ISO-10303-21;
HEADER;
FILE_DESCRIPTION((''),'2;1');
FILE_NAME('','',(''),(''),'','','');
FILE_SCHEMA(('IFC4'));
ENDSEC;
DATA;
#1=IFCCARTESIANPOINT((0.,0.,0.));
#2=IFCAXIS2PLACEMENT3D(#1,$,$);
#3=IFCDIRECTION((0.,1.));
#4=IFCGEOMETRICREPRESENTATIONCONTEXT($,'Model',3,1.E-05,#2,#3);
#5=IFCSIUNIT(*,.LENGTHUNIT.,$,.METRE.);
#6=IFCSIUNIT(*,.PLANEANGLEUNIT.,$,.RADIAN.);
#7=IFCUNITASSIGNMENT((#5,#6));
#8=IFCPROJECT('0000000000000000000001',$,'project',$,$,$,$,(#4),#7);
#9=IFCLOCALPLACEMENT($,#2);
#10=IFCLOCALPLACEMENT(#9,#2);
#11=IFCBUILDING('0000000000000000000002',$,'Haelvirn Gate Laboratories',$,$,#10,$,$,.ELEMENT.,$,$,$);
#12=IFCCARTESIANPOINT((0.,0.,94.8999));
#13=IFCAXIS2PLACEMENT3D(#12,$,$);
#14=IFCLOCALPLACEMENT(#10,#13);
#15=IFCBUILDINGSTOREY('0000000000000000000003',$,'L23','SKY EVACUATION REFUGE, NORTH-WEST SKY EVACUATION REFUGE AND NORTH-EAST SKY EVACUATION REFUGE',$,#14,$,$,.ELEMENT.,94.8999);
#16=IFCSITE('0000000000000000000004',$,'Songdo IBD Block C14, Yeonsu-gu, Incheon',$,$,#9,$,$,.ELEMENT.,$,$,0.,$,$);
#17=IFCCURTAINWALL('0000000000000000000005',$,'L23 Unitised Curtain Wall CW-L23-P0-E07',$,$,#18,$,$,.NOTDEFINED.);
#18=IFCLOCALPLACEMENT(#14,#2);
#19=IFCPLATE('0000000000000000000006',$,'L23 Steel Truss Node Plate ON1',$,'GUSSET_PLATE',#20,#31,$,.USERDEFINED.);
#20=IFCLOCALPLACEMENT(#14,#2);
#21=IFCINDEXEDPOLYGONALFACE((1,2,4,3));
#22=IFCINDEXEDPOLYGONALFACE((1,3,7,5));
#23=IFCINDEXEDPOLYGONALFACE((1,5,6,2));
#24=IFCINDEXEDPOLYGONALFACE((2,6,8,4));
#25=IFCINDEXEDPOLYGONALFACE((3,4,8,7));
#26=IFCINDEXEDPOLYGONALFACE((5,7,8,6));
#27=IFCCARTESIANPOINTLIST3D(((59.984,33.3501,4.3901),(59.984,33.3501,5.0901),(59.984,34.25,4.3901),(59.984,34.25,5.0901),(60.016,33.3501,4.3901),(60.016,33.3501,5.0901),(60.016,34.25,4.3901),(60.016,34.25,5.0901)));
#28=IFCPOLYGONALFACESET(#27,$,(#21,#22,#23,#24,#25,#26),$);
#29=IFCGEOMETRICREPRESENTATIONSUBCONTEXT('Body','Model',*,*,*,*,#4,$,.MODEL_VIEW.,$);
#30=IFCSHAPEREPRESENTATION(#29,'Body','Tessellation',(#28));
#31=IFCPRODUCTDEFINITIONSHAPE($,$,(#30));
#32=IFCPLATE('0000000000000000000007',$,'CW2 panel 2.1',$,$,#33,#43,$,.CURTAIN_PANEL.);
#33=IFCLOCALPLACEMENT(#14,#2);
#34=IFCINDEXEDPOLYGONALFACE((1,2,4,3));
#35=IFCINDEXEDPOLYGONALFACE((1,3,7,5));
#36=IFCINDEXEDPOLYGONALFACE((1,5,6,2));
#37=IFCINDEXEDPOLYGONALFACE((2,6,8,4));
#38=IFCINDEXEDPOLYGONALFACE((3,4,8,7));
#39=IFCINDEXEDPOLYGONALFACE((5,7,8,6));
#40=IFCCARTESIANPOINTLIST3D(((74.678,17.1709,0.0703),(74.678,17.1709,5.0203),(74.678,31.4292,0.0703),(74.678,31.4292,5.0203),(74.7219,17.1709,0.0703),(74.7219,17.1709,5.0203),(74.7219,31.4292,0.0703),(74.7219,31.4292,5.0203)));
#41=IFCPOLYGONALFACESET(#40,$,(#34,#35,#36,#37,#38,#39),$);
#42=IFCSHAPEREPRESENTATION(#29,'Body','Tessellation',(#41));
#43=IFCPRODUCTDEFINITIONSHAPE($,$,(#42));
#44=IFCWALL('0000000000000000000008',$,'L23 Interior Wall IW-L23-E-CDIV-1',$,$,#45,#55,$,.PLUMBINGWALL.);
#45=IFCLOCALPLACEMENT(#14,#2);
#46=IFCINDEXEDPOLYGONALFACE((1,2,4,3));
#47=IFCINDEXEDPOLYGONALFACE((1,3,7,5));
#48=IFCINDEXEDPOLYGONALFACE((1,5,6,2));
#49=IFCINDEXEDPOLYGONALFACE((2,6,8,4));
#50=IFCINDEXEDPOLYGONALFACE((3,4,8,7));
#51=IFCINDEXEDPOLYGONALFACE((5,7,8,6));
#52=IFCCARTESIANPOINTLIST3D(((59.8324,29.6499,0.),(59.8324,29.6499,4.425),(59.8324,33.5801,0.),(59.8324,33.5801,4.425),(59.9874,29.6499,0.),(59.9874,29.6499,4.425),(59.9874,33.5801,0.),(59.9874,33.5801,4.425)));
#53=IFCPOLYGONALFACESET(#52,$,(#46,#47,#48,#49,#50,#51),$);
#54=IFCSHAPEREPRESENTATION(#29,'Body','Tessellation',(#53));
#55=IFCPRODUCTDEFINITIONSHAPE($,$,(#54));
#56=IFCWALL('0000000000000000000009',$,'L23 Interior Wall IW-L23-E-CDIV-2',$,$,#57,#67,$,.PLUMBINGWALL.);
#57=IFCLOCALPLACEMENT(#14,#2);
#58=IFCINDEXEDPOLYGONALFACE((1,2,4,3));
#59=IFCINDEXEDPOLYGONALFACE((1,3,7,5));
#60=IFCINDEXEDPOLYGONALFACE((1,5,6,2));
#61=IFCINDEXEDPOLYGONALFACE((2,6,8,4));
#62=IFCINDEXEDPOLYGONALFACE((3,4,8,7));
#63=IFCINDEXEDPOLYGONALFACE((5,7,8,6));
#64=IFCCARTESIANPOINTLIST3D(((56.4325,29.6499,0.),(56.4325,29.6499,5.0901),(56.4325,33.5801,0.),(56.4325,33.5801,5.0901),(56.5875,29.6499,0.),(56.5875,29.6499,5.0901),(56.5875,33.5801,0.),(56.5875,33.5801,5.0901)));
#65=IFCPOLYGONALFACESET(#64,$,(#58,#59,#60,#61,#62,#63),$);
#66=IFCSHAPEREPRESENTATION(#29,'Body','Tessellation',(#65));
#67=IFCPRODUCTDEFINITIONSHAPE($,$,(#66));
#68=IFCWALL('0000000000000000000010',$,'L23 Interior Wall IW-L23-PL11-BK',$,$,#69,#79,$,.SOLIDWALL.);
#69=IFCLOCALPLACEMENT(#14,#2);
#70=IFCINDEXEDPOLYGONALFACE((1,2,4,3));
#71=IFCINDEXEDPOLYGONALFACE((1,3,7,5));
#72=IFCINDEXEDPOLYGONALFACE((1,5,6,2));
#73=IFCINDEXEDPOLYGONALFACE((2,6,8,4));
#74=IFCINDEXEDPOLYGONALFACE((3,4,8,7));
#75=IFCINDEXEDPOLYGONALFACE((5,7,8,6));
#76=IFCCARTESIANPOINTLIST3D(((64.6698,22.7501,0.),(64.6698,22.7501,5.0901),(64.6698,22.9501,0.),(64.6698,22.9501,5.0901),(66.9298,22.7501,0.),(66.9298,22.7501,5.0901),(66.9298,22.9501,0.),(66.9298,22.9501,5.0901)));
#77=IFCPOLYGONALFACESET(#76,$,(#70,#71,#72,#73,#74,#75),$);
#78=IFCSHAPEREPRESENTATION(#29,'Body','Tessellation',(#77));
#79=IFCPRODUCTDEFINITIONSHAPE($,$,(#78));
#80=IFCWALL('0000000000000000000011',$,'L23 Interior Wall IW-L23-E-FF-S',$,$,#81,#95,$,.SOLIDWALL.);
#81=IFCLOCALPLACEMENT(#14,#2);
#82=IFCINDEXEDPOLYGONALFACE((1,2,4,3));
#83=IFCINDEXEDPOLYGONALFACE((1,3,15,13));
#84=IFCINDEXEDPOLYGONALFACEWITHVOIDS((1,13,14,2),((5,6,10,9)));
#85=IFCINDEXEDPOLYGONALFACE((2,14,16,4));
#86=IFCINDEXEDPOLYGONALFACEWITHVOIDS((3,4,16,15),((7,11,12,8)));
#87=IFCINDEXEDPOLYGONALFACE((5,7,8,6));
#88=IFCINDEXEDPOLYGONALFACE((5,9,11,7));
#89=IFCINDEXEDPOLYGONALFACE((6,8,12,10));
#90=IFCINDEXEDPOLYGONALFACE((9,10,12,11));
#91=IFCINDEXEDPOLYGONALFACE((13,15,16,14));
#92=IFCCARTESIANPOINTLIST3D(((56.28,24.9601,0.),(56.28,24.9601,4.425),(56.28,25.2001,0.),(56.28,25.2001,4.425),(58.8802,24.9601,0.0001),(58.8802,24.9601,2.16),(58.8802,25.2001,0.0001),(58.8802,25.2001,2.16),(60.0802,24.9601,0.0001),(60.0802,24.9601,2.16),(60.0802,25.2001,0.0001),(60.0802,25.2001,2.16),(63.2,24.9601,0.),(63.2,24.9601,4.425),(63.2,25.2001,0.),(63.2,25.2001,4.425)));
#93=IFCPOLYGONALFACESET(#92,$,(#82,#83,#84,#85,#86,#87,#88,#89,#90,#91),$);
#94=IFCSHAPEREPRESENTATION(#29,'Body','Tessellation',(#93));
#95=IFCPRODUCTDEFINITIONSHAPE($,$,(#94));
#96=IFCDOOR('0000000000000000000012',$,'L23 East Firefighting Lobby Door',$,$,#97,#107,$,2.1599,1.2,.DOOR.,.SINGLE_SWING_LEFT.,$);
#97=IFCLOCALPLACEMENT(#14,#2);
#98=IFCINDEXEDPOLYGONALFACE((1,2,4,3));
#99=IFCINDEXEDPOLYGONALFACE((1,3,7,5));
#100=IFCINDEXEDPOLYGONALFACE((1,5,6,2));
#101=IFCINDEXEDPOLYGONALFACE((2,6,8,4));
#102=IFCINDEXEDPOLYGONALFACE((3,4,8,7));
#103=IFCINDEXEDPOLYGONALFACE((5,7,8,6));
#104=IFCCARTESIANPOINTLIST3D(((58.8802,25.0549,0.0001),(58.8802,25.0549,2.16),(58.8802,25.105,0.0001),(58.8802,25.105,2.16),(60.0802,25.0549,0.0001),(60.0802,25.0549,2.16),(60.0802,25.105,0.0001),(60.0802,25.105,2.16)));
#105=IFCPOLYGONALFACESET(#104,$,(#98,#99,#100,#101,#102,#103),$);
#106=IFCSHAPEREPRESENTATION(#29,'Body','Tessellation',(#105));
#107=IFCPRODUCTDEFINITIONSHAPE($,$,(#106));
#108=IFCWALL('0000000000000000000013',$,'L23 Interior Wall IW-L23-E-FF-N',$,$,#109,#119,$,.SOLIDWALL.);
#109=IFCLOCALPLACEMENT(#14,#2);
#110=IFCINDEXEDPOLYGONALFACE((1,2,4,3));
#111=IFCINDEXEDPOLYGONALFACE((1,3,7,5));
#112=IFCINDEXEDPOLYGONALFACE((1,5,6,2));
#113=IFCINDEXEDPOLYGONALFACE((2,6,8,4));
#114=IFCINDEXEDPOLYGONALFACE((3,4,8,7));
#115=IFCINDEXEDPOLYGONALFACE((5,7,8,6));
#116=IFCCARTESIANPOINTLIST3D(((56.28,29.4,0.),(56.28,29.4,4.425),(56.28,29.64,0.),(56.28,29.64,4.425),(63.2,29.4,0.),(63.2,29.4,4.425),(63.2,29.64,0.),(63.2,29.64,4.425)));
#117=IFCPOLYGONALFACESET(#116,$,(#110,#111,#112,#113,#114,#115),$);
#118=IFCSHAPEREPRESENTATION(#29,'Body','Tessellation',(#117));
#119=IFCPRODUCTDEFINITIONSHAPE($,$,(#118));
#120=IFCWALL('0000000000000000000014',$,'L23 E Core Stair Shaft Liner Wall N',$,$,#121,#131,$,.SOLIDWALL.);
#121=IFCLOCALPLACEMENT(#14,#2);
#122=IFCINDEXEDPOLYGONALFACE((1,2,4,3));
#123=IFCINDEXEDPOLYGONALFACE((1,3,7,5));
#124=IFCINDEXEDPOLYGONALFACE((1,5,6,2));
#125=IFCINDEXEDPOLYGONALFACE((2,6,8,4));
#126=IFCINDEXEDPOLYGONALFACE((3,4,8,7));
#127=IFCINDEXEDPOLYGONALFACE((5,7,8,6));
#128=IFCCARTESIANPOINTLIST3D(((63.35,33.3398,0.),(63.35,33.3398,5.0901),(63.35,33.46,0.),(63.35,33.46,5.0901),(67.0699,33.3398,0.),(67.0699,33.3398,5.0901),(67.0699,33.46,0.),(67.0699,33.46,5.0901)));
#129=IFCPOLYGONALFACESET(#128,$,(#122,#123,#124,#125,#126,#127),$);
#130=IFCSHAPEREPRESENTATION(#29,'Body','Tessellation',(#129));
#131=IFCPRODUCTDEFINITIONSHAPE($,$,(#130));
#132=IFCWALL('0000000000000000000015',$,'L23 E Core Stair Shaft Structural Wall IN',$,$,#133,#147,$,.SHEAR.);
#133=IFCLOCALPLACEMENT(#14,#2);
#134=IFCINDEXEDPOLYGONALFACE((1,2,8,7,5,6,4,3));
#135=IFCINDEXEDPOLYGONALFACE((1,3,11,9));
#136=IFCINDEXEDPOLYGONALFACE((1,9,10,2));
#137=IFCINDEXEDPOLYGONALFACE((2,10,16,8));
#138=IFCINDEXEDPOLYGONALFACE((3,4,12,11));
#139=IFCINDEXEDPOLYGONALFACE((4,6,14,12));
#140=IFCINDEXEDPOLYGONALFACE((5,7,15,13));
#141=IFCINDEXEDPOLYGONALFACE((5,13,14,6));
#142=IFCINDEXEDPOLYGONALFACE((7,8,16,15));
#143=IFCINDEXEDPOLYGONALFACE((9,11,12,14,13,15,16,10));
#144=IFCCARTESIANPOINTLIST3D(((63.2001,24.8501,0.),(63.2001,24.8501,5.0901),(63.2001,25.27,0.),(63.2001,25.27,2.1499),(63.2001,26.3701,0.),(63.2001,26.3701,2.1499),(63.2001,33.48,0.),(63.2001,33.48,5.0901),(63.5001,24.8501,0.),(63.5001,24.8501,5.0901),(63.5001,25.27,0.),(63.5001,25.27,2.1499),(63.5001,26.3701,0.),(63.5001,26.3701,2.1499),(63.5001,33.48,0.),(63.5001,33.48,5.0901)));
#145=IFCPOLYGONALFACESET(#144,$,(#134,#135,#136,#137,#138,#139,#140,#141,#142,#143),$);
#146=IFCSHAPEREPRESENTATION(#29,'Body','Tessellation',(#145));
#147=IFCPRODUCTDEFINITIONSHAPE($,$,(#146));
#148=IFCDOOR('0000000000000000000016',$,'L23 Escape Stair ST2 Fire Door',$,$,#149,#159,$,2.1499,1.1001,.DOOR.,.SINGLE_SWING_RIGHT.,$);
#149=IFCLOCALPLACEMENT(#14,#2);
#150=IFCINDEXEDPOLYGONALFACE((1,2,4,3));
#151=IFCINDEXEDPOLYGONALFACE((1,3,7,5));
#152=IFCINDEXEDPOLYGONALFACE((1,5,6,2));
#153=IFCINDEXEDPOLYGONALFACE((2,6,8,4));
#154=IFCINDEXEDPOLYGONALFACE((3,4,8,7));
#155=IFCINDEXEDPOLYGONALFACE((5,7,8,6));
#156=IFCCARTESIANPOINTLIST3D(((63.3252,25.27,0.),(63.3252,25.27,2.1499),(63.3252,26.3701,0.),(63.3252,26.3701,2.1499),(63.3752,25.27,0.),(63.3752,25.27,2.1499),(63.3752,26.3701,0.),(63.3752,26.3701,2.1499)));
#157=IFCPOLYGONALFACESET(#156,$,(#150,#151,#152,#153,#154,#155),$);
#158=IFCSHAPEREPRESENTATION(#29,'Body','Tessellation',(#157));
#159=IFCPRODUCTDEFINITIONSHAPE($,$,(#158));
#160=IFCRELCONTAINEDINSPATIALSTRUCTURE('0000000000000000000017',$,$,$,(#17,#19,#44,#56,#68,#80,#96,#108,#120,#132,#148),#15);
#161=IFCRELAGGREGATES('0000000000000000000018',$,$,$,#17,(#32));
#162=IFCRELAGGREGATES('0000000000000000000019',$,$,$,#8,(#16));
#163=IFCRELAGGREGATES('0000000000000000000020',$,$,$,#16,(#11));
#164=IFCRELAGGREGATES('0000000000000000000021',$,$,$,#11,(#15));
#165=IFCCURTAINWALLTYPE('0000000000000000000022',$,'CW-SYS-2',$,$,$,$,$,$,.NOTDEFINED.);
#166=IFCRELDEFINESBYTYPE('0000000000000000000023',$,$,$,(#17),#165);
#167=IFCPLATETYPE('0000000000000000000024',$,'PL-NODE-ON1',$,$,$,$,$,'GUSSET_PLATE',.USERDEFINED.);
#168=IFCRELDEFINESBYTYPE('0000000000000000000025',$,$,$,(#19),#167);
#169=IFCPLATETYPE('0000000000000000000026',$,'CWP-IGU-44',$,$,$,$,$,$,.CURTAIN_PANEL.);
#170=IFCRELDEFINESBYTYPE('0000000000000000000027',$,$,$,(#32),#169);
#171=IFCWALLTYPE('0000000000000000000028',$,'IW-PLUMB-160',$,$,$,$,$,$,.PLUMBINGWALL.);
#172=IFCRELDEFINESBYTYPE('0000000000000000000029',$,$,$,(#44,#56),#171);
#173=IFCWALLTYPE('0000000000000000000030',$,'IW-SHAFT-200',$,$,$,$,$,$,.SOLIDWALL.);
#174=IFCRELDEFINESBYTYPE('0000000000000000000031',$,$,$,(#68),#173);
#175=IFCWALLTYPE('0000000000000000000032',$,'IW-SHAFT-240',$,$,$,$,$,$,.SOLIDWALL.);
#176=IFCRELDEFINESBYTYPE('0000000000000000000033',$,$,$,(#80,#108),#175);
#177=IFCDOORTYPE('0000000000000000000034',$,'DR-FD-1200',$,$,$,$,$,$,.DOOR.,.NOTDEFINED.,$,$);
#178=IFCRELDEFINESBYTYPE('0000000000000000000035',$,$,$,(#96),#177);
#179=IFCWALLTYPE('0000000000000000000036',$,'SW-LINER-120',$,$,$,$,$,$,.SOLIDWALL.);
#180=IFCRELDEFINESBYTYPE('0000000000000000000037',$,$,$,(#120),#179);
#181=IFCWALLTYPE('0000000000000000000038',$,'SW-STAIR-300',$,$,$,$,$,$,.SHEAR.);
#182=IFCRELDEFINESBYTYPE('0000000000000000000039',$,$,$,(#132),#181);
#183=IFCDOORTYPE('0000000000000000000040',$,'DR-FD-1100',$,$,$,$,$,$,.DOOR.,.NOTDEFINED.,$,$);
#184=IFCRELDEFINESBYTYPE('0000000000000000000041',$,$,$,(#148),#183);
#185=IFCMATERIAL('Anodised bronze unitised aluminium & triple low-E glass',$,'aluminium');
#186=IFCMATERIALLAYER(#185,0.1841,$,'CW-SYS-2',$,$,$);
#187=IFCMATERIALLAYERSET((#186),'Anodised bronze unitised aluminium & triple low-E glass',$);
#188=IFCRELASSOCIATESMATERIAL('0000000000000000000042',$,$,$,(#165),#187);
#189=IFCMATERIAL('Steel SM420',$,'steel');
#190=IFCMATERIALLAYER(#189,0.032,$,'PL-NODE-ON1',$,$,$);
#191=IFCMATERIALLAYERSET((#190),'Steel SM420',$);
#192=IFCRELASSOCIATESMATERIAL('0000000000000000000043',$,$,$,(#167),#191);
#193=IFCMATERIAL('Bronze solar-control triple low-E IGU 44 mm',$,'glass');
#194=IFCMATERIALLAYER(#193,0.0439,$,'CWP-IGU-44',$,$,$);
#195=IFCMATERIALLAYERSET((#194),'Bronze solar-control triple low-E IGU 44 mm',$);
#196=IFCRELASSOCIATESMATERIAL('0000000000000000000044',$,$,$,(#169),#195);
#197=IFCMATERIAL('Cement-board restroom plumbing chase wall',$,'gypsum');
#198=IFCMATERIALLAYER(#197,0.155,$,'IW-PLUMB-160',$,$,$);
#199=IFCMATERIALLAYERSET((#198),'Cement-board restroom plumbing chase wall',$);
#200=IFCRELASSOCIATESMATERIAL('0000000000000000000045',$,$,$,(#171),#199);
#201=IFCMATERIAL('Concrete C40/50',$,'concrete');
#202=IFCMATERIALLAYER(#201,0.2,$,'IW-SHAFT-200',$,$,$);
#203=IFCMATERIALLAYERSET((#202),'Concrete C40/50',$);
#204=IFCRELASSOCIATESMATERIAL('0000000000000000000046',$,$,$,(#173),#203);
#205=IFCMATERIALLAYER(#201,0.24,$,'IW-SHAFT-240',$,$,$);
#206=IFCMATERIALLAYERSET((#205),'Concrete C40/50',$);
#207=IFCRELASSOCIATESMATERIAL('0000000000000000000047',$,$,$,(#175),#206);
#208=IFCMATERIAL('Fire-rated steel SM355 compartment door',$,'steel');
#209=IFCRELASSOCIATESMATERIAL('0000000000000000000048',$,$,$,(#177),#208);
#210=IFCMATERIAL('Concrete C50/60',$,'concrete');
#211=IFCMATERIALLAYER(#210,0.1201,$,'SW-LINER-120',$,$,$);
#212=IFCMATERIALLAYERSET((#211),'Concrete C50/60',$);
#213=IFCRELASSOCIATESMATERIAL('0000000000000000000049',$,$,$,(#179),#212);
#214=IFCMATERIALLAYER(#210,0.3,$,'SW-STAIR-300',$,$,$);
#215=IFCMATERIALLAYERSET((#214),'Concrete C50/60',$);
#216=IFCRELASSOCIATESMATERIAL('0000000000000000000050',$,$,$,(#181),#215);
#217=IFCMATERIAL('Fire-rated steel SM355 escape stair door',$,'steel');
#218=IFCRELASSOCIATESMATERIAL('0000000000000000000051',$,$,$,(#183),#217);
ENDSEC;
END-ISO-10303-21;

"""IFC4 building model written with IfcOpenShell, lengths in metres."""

from ifc_helpers import new_model, si_unit, direction, frame, frame_2d, origin, origin_2d, place, context, subcontext, project, spatial, rectangle, extrude, source, transform, mapped, material, layer, layer_set, type_object, type_shapes, element, fill, aggregate, save


model = new_model("IFC4")

# Units and contexts
model_context = context("Model", 3, precision=1e-05, world=origin(), true_north=direction((0.0, 1.0)))
body_context = subcontext(model_context, "Body", "Model", "MODEL_VIEW")
ifc_project = project(units=[si_unit("LENGTHUNIT", "METRE"), si_unit("PLANEANGLEUNIT", "RADIAN")], contexts=[model_context])

# Site, building, storey
site_placement = place(None, origin())
site = spatial("IfcSite", under=ifc_project, at=site_placement, Name="Songdo IBD Block C14, Yeonsu-gu, Incheon", CompositionType="ELEMENT", RefElevation=0.0)
building_placement = place(site_placement, origin())
building = spatial("IfcBuilding", under=site, at=building_placement, Name="Haelvirn Gate Laboratories", CompositionType="ELEMENT")
storey_placement = place(building_placement, frame((0.0, 0.0, 94.8999)))
storey = spatial("IfcBuildingStorey", under=building, at=storey_placement, Name="L23", Description="SKY EVACUATION REFUGE, NORTH-WEST SKY EVACUATION REFUGE AND NORTH-EAST SKY EVACUATION REFUGE", CompositionType="ELEMENT", Elevation=94.8999)

# Shared definitions
ifc_material_1 = material(Name="Steel SM420", Category="steel")

# Curtain wall
ifc_material_2 = material(Name="Anodised bronze unitised aluminium & triple low-E glass", Category="aluminium")
ifc_layer_1 = layer(ifc_material_2, 0.1841, Name="CW-SYS-2")
ifc_layer_set_1 = layer_set([ifc_layer_1], Name="Anodised bronze unitised aluminium & triple low-E glass")
curtain_wall_type = type_object("IfcCurtainWallType", Name="CW-SYS-2", PredefinedType="NOTDEFINED", material=ifc_layer_set_1)
curtain_wall_placement = place(storey_placement, origin())
curtain_wall = element("IfcCurtainWall", 1, at=curtain_wall_placement, inside=storey, type_object=curtain_wall_type, Name="L23 Unitised Curtain Wall CW-L23-P0-E07", PredefinedType="NOTDEFINED")

# Plates
ifc_layer_2 = layer(ifc_material_1, 0.032, Name="PL-NODE-ON1")
ifc_layer_set_2 = layer_set([ifc_layer_2], Name="Steel SM420")
plate_type_1 = type_object("IfcPlateType", Name="PL-NODE-ON1", ElementType="GUSSET_PLATE", PredefinedType="USERDEFINED", material=ifc_layer_set_2)
shared_shape_1 = source(origin(), body_context, "Body", "SweptSolid", [
    extrude(rectangle(XDim=0.8999, YDim=0.032, at=origin_2d()), origin(), (0.0, 0.0, 1.0), 0.7),
])
type_shapes(plate_type_1, [shared_shape_1])
plate_1_placement = place(storey_placement, frame((60.0, 33.8, 4.3901), z_axis=(0.0, 0.0, 1.0), x_axis=(0.0, 1.0, 0.0)))
element("IfcPlate", 2, at=plate_1_placement, inside=storey, type_object=plate_type_1, Name="L23 Steel Truss Node Plate ON1", ObjectType="GUSSET_PLATE", PredefinedType="USERDEFINED", context=body_context, shape_type="MappedRepresentation", body=[
    mapped(shared_shape_1, transform((0.0, 0.0, 0.0), scale=1.0)),
])
ifc_material_3 = material(Name="Bronze solar-control triple low-E IGU 44 mm", Category="glass")
ifc_layer_3 = layer(ifc_material_3, 0.0439, Name="CWP-IGU-44")
ifc_layer_set_3 = layer_set([ifc_layer_3], Name="Bronze solar-control triple low-E IGU 44 mm")
plate_type_2 = type_object("IfcPlateType", Name="CWP-IGU-44", PredefinedType="CURTAIN_PANEL", material=ifc_layer_set_3)
shared_shape_2 = source(origin(), body_context, "Body", "SweptSolid", [
    extrude(rectangle(XDim=14.2583, YDim=0.0439, at=origin_2d()), origin(), (0.0, 0.0, 1.0), 4.95),
])
type_shapes(plate_type_2, [shared_shape_2])
plate_2_placement = place(storey_placement, frame((74.7, 24.3, 0.0703), z_axis=(0.0, 0.0, 1.0), x_axis=(0.0, 1.0, 0.0)))
plate_2 = element("IfcPlate", 3, at=plate_2_placement, type_object=plate_type_2, Name="CW2 panel 2.1", PredefinedType="CURTAIN_PANEL", context=body_context, shape_type="MappedRepresentation", body=[
    mapped(shared_shape_2, transform((0.0, 0.0, 0.0), scale=1.0)),
])
aggregate(curtain_wall, [plate_2])

# Walls
ifc_material_4 = material(Name="Cement-board restroom plumbing chase wall", Category="gypsum")
ifc_layer_4 = layer(ifc_material_4, 0.155, Name="IW-PLUMB-160")
ifc_layer_set_4 = layer_set([ifc_layer_4], Name="Cement-board restroom plumbing chase wall")
wall_type_1 = type_object("IfcWallType", Name="IW-PLUMB-160", PredefinedType="PLUMBINGWALL", material=ifc_layer_set_4)
wall_1_placement = place(storey_placement, frame((59.9099, 29.6499, 0.0), z_axis=(0.0, 0.0, 1.0), x_axis=(0.0, 1.0, 0.0)))
element("IfcWall", 4, at=wall_1_placement, inside=storey, type_object=wall_type_1, Name="L23 Interior Wall IW-L23-E-CDIV-1", PredefinedType="PLUMBINGWALL", context=body_context, shape_type="SweptSolid", body=[
    extrude(rectangle(XDim=3.9302, YDim=0.155, at=frame_2d((1.9651, 0.0))), origin(), (0.0, 0.0, 1.0), 4.425),
])
wall_2_placement = place(storey_placement, frame((56.51, 29.6499, 0.0), z_axis=(0.0, 0.0, 1.0), x_axis=(0.0, 1.0, 0.0)))
element("IfcWall", 5, at=wall_2_placement, inside=storey, type_object=wall_type_1, Name="L23 Interior Wall IW-L23-E-CDIV-2", PredefinedType="PLUMBINGWALL", context=body_context, shape_type="SweptSolid", body=[
    extrude(rectangle(XDim=3.9302, YDim=0.155, at=frame_2d((1.9651, 0.0))), origin(), (0.0, 0.0, 1.0), 5.0901),
])
ifc_material_5 = material(Name="Concrete C40/50", Category="concrete")
ifc_layer_5 = layer(ifc_material_5, 0.2, Name="IW-SHAFT-200")
ifc_layer_set_5 = layer_set([ifc_layer_5], Name="Concrete C40/50")
wall_type_2 = type_object("IfcWallType", Name="IW-SHAFT-200", PredefinedType="SOLIDWALL", material=ifc_layer_set_5)
wall_3_placement = place(storey_placement, frame((64.6699, 22.8501, 0.0), z_axis=(0.0, 0.0, 1.0), x_axis=(1.0, 0.0, 0.0)))
element("IfcWall", 6, at=wall_3_placement, inside=storey, type_object=wall_type_2, Name="L23 Interior Wall IW-L23-PL11-BK", PredefinedType="SOLIDWALL", context=body_context, shape_type="SweptSolid", body=[
    extrude(rectangle(XDim=2.26, YDim=0.2, at=frame_2d((1.1299, 0.0))), origin(), (0.0, 0.0, 1.0), 5.0901),
])

# Wall, opening, door
ifc_layer_6 = layer(ifc_material_5, 0.24, Name="IW-SHAFT-240")
ifc_layer_set_6 = layer_set([ifc_layer_6], Name="Concrete C40/50")
wall_type_3 = type_object("IfcWallType", Name="IW-SHAFT-240", PredefinedType="SOLIDWALL", material=ifc_layer_set_6)
wall_4_placement = place(storey_placement, frame((56.28, 25.0801, 0.0), z_axis=(0.0, 0.0, 1.0), x_axis=(1.0, 0.0, 0.0)))
wall_4 = element("IfcWall", 7, at=wall_4_placement, inside=storey, type_object=wall_type_3, Name="L23 Interior Wall IW-L23-E-FF-S", PredefinedType="SOLIDWALL", context=body_context, shape_type="SweptSolid", body=[
    extrude(rectangle(XDim=6.9199, YDim=0.24, at=frame_2d((3.46, 0.0))), origin(), (0.0, 0.0, 1.0), 4.425),
])
opening_1_placement = place(wall_4_placement, frame((2.6001, 0.0, 0.0)))
opening_1 = element("IfcOpeningElement", 8, at=opening_1_placement, cuts=wall_4, PredefinedType="OPENING", context=body_context, shape_type="SweptSolid", body=[
    extrude(rectangle(XDim=1.2, YDim=2.1599, at=frame_2d((0.6001, 1.0801))), frame((0.0, 0.1299, 0.0), z_axis=(0.0, -1.0, 0.0), x_axis=(1.0, 0.0, 0.0)), (0.0, 0.0, 1.0), 0.26),
])
ifc_material_6 = material(Name="Fire-rated steel SM355 compartment door", Category="steel")
door_type_1 = type_object("IfcDoorType", Name="DR-FD-1200", OperationType="NOTDEFINED", PredefinedType="DOOR", material=ifc_material_6)
shared_shape_3 = source(origin(), body_context, "Body", "SweptSolid", [
    extrude(rectangle(XDim=1.2, YDim=2.1599, at=frame_2d((0.6001, 1.0801))), frame((0.0, 0.0249, 0.0), z_axis=(0.0, -1.0, 0.0), x_axis=(1.0, 0.0, 0.0)), (0.0, 0.0, 1.0), 0.05),
])
type_shapes(door_type_1, [shared_shape_3])
door_1_placement = place(opening_1_placement, origin())
door_1 = element("IfcDoor", 9, at=door_1_placement, inside=storey, type_object=door_type_1, Name="L23 East Firefighting Lobby Door", OperationType="SINGLE_SWING_LEFT", OverallHeight=2.1599, OverallWidth=1.2, PredefinedType="DOOR", context=body_context, shape_type="MappedRepresentation", body=[
    mapped(shared_shape_3, transform((0.0, 0.0, 0.0), scale=1.0)),
])
fill(opening_1, door_1)

# Walls
wall_5_placement = place(storey_placement, frame((56.28, 29.52, 0.0), z_axis=(0.0, 0.0, 1.0), x_axis=(1.0, 0.0, 0.0)))
element("IfcWall", 10, at=wall_5_placement, inside=storey, type_object=wall_type_3, Name="L23 Interior Wall IW-L23-E-FF-N", PredefinedType="SOLIDWALL", context=body_context, shape_type="SweptSolid", body=[
    extrude(rectangle(XDim=6.9199, YDim=0.24, at=frame_2d((3.46, 0.0))), origin(), (0.0, 0.0, 1.0), 4.425),
])
ifc_material_7 = material(Name="Concrete C50/60", Category="concrete")
ifc_layer_7 = layer(ifc_material_7, 0.1201, Name="SW-LINER-120")
ifc_layer_set_7 = layer_set([ifc_layer_7], Name="Concrete C50/60")
wall_type_4 = type_object("IfcWallType", Name="SW-LINER-120", PredefinedType="SOLIDWALL", material=ifc_layer_set_7)
wall_6_placement = place(storey_placement, frame((63.3501, 33.3999, 0.0), z_axis=(0.0, 0.0, 1.0), x_axis=(1.0, 0.0, 0.0)))
element("IfcWall", 11, at=wall_6_placement, inside=storey, type_object=wall_type_4, Name="L23 E Core Stair Shaft Liner Wall N", PredefinedType="SOLIDWALL", context=body_context, shape_type="SweptSolid", body=[
    extrude(rectangle(XDim=3.72, YDim=0.1201, at=frame_2d((1.8599, 0.0))), origin(), (0.0, 0.0, 1.0), 5.0901),
])

# Wall, opening, door
ifc_layer_8 = layer(ifc_material_7, 0.3, Name="SW-STAIR-300")
ifc_layer_set_8 = layer_set([ifc_layer_8], Name="Concrete C50/60")
wall_type_5 = type_object("IfcWallType", Name="SW-STAIR-300", PredefinedType="SHEAR", material=ifc_layer_set_8)
wall_7_placement = place(storey_placement, frame((63.3501, 24.8501, 0.0), z_axis=(0.0, 0.0, 1.0), x_axis=(0.0, 1.0, 0.0)))
wall_7 = element("IfcWall", 12, at=wall_7_placement, inside=storey, type_object=wall_type_5, Name="L23 E Core Stair Shaft Structural Wall IN", PredefinedType="SHEAR", context=body_context, shape_type="SweptSolid", body=[
    extrude(rectangle(XDim=8.6299, YDim=0.3, at=frame_2d((4.3149, 0.0))), origin(), (0.0, 0.0, 1.0), 5.0901),
])
opening_2_placement = place(wall_7_placement, frame((0.4199, 0.0, 0.0)))
opening_2 = element("IfcOpeningElement", 13, at=opening_2_placement, cuts=wall_7, PredefinedType="OPENING", context=body_context, shape_type="SweptSolid", body=[
    extrude(rectangle(XDim=1.1001, YDim=2.1499, at=frame_2d((0.55, 1.075))), frame((0.0, 0.1602, 0.0), z_axis=(0.0, -1.0, 0.0), x_axis=(1.0, 0.0, 0.0)), (0.0, 0.0, 1.0), 0.3201),
])
ifc_material_8 = material(Name="Fire-rated steel SM355 escape stair door", Category="steel")
door_type_2 = type_object("IfcDoorType", Name="DR-FD-1100", OperationType="NOTDEFINED", PredefinedType="DOOR", material=ifc_material_8)
shared_shape_4 = source(origin(), body_context, "Body", "SweptSolid", [
    extrude(rectangle(XDim=1.1001, YDim=2.1499, at=frame_2d((0.55, 1.075))), frame((0.0, 0.0249, 0.0), z_axis=(0.0, -1.0, 0.0), x_axis=(1.0, 0.0, 0.0)), (0.0, 0.0, 1.0), 0.05),
])
type_shapes(door_type_2, [shared_shape_4])
door_2_placement = place(opening_2_placement, origin())
door_2 = element("IfcDoor", 14, at=door_2_placement, inside=storey, type_object=door_type_2, Name="L23 Escape Stair ST2 Fire Door", OperationType="SINGLE_SWING_RIGHT", OverallHeight=2.1499, OverallWidth=1.1001, PredefinedType="DOOR", context=body_context, shape_type="MappedRepresentation", body=[
    mapped(shared_shape_4, transform((0.0, 0.0, 0.0), scale=1.0)),
])
fill(opening_2, door_2)

save(model, "model.ifc")
